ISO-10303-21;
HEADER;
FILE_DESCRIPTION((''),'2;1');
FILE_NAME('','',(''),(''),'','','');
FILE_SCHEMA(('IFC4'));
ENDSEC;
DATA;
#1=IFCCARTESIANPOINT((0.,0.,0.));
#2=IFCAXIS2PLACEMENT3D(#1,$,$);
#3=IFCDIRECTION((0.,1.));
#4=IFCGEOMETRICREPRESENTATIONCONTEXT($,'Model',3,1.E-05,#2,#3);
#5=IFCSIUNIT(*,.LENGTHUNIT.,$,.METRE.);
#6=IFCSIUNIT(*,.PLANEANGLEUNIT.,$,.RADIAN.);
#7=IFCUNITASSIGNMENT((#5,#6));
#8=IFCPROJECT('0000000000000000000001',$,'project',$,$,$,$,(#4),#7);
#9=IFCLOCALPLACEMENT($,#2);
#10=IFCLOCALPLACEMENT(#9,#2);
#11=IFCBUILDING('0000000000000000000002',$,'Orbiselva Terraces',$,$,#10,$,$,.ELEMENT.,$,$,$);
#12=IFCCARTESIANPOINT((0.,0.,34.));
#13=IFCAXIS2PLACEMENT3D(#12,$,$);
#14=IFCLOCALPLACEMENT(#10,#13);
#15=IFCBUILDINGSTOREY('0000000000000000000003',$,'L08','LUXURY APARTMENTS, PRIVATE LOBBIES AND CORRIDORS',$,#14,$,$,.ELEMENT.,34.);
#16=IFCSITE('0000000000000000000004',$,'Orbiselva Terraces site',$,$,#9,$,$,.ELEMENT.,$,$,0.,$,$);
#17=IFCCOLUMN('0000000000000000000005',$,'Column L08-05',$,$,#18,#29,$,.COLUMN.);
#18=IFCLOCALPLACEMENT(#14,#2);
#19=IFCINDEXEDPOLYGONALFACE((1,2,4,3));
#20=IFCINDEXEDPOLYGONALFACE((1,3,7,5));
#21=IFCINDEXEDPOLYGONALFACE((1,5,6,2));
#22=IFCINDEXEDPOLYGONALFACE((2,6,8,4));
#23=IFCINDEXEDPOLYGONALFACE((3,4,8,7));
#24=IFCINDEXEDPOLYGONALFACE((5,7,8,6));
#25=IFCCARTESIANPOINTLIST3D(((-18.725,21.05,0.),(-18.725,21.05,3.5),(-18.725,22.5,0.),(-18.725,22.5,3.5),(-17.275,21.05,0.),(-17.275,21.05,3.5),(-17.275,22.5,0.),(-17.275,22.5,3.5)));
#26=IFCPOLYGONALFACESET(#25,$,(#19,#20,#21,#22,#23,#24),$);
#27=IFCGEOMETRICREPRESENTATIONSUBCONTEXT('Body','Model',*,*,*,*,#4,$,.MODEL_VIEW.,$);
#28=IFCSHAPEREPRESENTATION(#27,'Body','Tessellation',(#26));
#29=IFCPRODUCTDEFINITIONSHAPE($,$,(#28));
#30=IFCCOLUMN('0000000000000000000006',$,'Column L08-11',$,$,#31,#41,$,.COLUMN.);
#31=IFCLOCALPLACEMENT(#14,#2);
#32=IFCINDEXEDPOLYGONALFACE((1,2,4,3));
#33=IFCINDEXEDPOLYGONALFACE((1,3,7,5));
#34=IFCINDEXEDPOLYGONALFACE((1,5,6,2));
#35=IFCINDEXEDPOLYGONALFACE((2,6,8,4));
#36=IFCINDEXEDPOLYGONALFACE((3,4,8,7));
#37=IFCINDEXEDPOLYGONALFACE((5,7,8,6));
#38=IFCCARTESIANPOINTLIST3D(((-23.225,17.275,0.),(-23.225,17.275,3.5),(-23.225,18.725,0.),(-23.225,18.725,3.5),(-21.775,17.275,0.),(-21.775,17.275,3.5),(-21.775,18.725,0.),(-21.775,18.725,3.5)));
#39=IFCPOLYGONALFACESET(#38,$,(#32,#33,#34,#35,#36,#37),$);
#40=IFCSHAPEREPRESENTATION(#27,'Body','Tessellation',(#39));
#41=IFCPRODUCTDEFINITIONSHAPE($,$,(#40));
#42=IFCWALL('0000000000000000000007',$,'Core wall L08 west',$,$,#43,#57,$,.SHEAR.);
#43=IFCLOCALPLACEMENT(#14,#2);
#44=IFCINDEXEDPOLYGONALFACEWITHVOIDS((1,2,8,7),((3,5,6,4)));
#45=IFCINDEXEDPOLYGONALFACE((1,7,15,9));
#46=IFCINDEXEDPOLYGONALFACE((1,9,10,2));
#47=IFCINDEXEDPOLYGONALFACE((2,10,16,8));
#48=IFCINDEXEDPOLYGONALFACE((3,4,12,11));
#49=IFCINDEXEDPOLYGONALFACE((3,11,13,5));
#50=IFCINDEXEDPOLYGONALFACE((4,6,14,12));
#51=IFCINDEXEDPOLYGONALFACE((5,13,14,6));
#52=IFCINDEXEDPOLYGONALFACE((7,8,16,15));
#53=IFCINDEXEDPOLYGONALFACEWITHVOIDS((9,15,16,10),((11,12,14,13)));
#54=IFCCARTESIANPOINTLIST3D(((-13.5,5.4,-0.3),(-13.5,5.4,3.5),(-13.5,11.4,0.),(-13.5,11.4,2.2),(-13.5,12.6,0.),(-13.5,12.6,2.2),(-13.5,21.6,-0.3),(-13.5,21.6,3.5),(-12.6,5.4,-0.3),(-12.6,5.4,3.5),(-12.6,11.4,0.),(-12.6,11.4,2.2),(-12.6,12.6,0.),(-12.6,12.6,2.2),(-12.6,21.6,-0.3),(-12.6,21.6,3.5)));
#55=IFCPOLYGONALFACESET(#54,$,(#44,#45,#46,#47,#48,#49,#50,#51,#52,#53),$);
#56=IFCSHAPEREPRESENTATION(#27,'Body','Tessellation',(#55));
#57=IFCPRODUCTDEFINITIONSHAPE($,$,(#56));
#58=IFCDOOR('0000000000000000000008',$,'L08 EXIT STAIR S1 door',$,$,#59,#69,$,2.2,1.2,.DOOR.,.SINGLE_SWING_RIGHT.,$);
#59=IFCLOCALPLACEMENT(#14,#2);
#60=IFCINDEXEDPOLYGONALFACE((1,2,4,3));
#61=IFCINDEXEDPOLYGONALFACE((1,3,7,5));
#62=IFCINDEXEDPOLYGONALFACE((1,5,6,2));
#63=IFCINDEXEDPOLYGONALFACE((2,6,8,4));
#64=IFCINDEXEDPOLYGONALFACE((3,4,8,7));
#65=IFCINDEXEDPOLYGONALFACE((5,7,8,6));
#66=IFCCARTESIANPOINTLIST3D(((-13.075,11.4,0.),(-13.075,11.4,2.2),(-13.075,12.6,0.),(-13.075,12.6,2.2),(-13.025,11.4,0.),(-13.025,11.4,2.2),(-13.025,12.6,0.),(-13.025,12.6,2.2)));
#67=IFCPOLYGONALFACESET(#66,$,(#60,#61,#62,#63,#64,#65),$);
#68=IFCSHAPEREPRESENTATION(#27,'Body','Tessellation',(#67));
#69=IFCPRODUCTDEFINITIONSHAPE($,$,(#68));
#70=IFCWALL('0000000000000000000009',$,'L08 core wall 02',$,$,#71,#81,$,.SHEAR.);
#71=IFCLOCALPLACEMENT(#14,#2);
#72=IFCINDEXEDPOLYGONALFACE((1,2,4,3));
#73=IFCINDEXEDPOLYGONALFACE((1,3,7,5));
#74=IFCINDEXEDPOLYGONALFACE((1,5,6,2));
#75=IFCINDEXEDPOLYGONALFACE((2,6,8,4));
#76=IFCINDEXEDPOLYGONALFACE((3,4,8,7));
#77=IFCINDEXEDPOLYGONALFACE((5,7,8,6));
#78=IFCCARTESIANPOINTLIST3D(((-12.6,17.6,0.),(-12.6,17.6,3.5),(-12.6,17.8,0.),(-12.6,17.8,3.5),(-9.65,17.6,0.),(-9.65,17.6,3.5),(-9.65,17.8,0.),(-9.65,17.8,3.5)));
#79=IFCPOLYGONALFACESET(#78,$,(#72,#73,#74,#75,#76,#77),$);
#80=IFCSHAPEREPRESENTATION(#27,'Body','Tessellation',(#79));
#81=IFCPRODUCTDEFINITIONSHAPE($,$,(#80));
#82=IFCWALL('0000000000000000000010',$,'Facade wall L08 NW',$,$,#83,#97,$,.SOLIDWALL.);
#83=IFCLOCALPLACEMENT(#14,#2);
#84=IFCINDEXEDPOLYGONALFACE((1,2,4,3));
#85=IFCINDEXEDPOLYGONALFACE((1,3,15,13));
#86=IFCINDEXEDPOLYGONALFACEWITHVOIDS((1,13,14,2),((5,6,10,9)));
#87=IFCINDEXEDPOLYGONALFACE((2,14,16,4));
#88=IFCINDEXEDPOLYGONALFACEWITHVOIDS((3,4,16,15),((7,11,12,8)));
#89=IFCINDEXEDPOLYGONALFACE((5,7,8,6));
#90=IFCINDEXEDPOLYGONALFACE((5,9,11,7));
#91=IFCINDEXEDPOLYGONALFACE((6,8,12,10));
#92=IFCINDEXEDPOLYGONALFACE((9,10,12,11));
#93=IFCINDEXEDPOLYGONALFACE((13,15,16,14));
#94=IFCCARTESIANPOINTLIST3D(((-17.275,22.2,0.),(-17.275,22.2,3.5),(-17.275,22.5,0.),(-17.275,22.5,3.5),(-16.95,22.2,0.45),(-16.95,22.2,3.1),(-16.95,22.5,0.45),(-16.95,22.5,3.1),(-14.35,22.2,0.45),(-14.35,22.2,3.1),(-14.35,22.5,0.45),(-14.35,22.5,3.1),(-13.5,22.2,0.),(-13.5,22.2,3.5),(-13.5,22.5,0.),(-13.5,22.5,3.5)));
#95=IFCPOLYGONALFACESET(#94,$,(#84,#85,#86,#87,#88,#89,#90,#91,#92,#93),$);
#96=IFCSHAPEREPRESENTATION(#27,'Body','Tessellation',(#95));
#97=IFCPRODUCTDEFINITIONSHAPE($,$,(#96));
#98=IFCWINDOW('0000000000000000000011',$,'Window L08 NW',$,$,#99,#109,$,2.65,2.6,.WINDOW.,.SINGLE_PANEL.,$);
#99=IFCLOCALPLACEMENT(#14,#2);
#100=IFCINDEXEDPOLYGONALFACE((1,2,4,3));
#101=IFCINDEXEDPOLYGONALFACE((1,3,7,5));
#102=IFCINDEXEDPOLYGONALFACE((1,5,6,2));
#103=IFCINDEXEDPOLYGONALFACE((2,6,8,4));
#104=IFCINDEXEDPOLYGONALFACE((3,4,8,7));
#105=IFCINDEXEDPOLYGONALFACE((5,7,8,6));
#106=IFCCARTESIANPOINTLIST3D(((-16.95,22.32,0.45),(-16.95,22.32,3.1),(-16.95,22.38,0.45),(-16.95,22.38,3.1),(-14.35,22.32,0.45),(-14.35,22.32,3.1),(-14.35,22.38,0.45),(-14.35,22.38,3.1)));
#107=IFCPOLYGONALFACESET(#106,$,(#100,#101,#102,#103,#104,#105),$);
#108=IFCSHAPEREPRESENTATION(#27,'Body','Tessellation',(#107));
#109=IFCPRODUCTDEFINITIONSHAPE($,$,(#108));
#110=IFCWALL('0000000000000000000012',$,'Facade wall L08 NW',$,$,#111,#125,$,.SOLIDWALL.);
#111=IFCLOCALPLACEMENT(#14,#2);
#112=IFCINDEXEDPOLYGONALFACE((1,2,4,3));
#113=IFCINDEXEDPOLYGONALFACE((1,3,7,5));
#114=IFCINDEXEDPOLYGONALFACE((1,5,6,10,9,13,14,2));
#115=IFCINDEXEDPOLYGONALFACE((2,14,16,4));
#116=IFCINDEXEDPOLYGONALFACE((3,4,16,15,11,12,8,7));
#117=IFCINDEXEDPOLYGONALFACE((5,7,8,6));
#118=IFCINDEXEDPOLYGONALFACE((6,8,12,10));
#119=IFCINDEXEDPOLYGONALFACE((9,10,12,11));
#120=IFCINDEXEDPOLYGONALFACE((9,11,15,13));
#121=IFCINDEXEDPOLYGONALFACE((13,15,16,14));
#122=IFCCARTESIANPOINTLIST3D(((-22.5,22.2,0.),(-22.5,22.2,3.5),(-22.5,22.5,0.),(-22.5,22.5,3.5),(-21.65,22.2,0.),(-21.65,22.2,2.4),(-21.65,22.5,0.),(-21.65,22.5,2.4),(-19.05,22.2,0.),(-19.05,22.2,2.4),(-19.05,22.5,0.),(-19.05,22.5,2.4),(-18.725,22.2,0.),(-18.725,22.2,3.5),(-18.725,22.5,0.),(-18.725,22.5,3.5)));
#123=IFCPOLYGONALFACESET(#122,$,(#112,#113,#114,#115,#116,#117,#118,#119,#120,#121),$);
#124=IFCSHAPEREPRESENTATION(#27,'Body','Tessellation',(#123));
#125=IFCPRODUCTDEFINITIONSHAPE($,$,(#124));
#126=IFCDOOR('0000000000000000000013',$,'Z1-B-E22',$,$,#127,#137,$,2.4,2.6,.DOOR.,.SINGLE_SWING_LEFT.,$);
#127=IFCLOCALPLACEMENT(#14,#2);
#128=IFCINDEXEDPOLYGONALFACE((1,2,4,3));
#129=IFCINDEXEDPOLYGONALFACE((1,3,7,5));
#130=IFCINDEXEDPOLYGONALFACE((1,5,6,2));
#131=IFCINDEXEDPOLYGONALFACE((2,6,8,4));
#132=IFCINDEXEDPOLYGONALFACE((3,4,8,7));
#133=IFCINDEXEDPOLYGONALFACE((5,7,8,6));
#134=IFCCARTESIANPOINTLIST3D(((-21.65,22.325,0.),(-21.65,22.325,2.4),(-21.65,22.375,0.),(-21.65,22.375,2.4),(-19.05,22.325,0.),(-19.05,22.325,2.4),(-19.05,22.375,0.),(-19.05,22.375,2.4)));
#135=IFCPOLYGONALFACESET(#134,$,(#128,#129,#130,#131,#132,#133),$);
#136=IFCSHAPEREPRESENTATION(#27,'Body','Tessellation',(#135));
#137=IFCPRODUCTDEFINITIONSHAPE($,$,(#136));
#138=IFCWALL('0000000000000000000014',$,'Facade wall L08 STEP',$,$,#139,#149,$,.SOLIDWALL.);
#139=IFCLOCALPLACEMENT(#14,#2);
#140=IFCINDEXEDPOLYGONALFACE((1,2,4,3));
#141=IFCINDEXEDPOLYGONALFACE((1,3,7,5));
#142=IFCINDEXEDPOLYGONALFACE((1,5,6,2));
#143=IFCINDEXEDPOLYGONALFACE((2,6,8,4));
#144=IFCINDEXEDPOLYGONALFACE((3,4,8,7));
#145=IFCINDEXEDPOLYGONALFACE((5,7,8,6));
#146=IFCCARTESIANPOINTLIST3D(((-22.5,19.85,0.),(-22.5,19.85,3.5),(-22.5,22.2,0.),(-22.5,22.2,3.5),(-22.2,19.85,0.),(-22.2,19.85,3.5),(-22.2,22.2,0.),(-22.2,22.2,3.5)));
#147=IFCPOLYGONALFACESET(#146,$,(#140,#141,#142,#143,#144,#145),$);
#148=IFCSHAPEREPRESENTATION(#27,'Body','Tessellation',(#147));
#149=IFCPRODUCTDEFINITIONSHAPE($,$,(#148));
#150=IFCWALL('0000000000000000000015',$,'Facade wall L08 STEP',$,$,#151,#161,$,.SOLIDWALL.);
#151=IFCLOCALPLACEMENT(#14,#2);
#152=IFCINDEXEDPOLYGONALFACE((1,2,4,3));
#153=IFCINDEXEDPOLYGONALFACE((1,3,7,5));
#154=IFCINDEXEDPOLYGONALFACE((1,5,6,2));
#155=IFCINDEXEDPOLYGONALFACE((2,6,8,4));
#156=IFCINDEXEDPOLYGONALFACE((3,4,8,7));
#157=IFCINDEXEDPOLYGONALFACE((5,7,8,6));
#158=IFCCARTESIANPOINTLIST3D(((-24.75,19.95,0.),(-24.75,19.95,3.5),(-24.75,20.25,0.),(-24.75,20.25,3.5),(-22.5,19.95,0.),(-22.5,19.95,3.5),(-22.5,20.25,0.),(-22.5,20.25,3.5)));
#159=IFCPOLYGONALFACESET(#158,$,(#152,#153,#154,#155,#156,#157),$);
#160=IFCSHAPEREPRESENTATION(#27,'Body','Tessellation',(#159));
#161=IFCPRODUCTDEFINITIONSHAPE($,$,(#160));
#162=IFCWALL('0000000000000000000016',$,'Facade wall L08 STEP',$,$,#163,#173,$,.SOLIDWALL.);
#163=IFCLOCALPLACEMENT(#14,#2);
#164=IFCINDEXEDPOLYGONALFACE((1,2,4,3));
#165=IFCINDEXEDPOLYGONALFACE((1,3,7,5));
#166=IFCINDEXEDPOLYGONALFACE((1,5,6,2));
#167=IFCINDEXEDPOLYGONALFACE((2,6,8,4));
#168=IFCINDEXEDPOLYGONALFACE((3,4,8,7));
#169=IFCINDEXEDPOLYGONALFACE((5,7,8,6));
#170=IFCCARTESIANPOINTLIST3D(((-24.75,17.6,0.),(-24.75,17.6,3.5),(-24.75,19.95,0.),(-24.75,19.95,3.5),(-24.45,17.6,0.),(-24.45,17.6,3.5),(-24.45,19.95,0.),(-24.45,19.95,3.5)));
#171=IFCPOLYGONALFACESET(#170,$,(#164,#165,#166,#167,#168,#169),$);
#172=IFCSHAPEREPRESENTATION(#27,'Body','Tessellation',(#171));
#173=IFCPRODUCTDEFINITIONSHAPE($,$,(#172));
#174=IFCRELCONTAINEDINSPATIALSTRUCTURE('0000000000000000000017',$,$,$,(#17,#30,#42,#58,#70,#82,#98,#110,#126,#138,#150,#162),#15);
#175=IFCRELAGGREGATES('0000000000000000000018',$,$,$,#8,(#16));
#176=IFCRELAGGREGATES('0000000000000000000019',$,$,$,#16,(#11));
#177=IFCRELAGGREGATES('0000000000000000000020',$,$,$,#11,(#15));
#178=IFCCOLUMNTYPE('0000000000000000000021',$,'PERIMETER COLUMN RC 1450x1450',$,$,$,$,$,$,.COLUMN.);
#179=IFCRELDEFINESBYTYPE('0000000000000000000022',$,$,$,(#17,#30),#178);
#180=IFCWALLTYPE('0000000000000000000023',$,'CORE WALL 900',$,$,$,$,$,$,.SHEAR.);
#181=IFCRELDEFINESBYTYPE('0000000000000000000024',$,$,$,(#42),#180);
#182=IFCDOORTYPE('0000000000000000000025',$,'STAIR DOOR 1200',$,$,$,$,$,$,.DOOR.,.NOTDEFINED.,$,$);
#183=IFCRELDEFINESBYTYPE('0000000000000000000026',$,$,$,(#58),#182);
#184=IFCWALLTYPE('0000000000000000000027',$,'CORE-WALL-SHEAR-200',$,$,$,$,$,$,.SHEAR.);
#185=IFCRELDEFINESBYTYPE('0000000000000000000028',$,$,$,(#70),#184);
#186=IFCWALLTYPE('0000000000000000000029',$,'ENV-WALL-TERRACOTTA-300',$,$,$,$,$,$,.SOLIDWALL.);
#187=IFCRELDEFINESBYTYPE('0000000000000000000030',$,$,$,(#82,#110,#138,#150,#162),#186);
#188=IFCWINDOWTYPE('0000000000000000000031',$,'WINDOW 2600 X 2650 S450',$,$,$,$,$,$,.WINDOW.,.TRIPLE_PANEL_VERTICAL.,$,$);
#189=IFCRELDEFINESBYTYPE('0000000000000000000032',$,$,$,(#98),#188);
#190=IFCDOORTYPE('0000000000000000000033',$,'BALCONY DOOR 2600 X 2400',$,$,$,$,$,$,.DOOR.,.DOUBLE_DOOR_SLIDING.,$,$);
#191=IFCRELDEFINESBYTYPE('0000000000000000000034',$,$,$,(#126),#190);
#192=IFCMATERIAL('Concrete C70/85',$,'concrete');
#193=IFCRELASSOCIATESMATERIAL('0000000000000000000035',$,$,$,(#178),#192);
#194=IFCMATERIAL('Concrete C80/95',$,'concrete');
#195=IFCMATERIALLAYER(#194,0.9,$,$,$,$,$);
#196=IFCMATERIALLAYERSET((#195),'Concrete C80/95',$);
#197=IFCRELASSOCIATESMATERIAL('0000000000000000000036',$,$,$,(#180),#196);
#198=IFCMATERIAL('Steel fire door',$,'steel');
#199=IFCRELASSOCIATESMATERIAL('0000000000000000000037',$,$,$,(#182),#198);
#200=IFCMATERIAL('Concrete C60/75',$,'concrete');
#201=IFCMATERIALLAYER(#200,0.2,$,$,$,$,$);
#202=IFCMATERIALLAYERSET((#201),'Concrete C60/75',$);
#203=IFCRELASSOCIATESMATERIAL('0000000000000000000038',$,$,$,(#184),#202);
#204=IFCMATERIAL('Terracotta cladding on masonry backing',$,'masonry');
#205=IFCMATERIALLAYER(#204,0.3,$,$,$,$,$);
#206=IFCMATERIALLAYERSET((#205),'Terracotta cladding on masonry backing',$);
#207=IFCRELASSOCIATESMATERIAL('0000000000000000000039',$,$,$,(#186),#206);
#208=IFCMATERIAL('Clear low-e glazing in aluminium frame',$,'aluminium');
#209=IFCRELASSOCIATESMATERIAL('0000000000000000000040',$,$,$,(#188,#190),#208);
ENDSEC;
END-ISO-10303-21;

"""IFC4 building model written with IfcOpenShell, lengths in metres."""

from ifc_helpers import new_model, si_unit, direction, frame, frame_2d, origin, origin_2d, place, context, subcontext, project, spatial, rectangle, extrude, material, layer, layer_set, material_profile, profile_set, type_object, element, fill, save


model = new_model("IFC4")

# Units and contexts
model_context = context("Model", 3, precision=1e-05, world=origin(), true_north=direction((0.0, 1.0)))
body_context = subcontext(model_context, "Body", "Model", "MODEL_VIEW")
ifc_project = project(units=[si_unit("LENGTHUNIT", "METRE"), si_unit("PLANEANGLEUNIT", "RADIAN")], contexts=[model_context])

# Site, building, storey
site_placement = place(None, origin())
site = spatial("IfcSite", under=ifc_project, at=site_placement, Name="Orbiselva Terraces site", CompositionType="ELEMENT", RefElevation=0.0)
building_placement = place(site_placement, origin())
building = spatial("IfcBuilding", under=site, at=building_placement, Name="Orbiselva Terraces", CompositionType="ELEMENT")
storey_placement = place(building_placement, frame((0.0, 0.0, 34.0)))
storey = spatial("IfcBuildingStorey", under=building, at=storey_placement, Name="L08", Description="LUXURY APARTMENTS, PRIVATE LOBBIES AND CORRIDORS", CompositionType="ELEMENT", Elevation=34.0)

# Columns
ifc_material_1 = material(Name="Concrete C70/85", Category="concrete")
ifc_material_profile = material_profile(ifc_material_1, rectangle(XDim=1.45, YDim=1.45, at=origin_2d()), Name="RC 1450x1450")
ifc_profile_set = profile_set([ifc_material_profile], Name="Concrete C70/85")
column_type = type_object("IfcColumnType", Name="PERIMETER COLUMN RC 1450x1450", PredefinedType="COLUMN", material=ifc_profile_set)
for number, where, z_axis, x_axis, name in (
    (1, (-18.0, 21.775, 0.0), (0.0, 0.0, 1.0), (1.0, 0.0, 0.0), "Column L08-05"),
    (2, (-22.5, 18.0, 0.0), (0.0, 0.0, 1.0), (1.0, 0.0, 0.0), "Column L08-11"),
):
    element("IfcColumn", number, at=place(storey_placement, frame(where, z_axis=z_axis, x_axis=x_axis)), inside=storey, type_object=column_type, Name=name, PredefinedType="COLUMN", context=body_context, shape_type="SweptSolid", body=[
        extrude(rectangle(XDim=1.45, YDim=1.45, at=origin_2d()), origin(), (0.0, 0.0, 1.0), 3.5),
    ])

# Wall, opening, door
ifc_material_2 = material(Name="Concrete C80/95", Category="concrete")
ifc_layer_1 = layer(ifc_material_2, 0.9)
ifc_layer_set_1 = layer_set([ifc_layer_1], Name="Concrete C80/95")
wall_type_1 = type_object("IfcWallType", Name="CORE WALL 900", PredefinedType="SHEAR", material=ifc_layer_set_1)
wall_1_placement = place(storey_placement, frame((-13.05, 21.6, -0.3), z_axis=(0.0, 0.0, 1.0), x_axis=(0.0, -1.0, 0.0)))
wall_1 = element("IfcWall", 3, at=wall_1_placement, inside=storey, type_object=wall_type_1, Name="Core wall L08 west", PredefinedType="SHEAR", context=body_context, shape_type="SweptSolid", body=[
    extrude(rectangle(XDim=16.2, YDim=0.9, at=frame_2d((8.1, 0.0))), origin(), (0.0, 0.0, 1.0), 3.8),
])
opening_1_placement = place(wall_1_placement, frame((9.0, 0.0, 0.3)))
opening_1 = element("IfcOpeningElement", 4, at=opening_1_placement, cuts=wall_1, PredefinedType="OPENING", context=body_context, shape_type="SweptSolid", body=[
    extrude(rectangle(XDim=1.2, YDim=2.2, at=frame_2d((0.6, 1.1))), frame((0.0, 0.46, 0.0), z_axis=(0.0, -1.0, 0.0), x_axis=(1.0, 0.0, 0.0)), (0.0, 0.0, 1.0), 0.92),
])
ifc_material_3 = material(Name="Steel fire door", Category="steel")
door_type_1 = type_object("IfcDoorType", Name="STAIR DOOR 1200", OperationType="NOTDEFINED", PredefinedType="DOOR", material=ifc_material_3)
door_1_placement = place(opening_1_placement, frame((1.2, 0.0, 0.0), z_axis=(0.0, 0.0, 1.0), x_axis=(-1.0, 0.0, 0.0)))
door_1 = element("IfcDoor", 5, at=door_1_placement, inside=storey, type_object=door_type_1, Name="L08 EXIT STAIR S1 door", OperationType="SINGLE_SWING_RIGHT", OverallHeight=2.2, OverallWidth=1.2, PredefinedType="DOOR", context=body_context, shape_type="SweptSolid", body=[
    extrude(rectangle(XDim=1.2, YDim=2.2, at=frame_2d((0.6, 1.1))), frame((0.0, 0.025, 0.0), z_axis=(0.0, -1.0, 0.0), x_axis=(1.0, 0.0, 0.0)), (0.0, 0.0, 1.0), 0.05),
])
fill(opening_1, door_1)

# Wall
ifc_material_4 = material(Name="Concrete C60/75", Category="concrete")
ifc_layer_2 = layer(ifc_material_4, 0.2)
ifc_layer_set_2 = layer_set([ifc_layer_2], Name="Concrete C60/75")
wall_type_2 = type_object("IfcWallType", Name="CORE-WALL-SHEAR-200", PredefinedType="SHEAR", material=ifc_layer_set_2)
wall_2_placement = place(storey_placement, frame((-12.6, 17.7, 0.0), z_axis=(0.0, 0.0, 1.0), x_axis=(1.0, 0.0, 0.0)))
element("IfcWall", 6, at=wall_2_placement, inside=storey, type_object=wall_type_2, Name="L08 core wall 02", PredefinedType="SHEAR", context=body_context, shape_type="SweptSolid", body=[
    extrude(rectangle(XDim=2.95, YDim=0.2, at=frame_2d((1.475, 0.0))), origin(), (0.0, 0.0, 1.0), 3.5),
])

# Wall, opening, window
ifc_material_5 = material(Name="Terracotta cladding on masonry backing", Category="masonry")
ifc_layer_3 = layer(ifc_material_5, 0.3)
ifc_layer_set_3 = layer_set([ifc_layer_3], Name="Terracotta cladding on masonry backing")
wall_type_3 = type_object("IfcWallType", Name="ENV-WALL-TERRACOTTA-300", PredefinedType="SOLIDWALL", material=ifc_layer_set_3)
wall_3_placement = place(storey_placement, frame((-17.275, 22.35, 0.0), z_axis=(0.0, 0.0, 1.0), x_axis=(1.0, 0.0, 0.0)))
wall_3 = element("IfcWall", 7, at=wall_3_placement, inside=storey, type_object=wall_type_3, Name="Facade wall L08 NW", PredefinedType="SOLIDWALL", context=body_context, shape_type="SweptSolid", body=[
    extrude(rectangle(XDim=3.775, YDim=0.3, at=frame_2d((1.8875, 0.0))), origin(), (0.0, 0.0, 1.0), 3.5),
])
opening_2_placement = place(wall_3_placement, frame((0.325, 0.0, 0.45)))
opening_2 = element("IfcOpeningElement", 8, at=opening_2_placement, cuts=wall_3, PredefinedType="OPENING", context=body_context, shape_type="SweptSolid", body=[
    extrude(rectangle(XDim=2.6, YDim=2.65, at=frame_2d((1.3, 1.325))), frame((0.0, 0.16, 0.0), z_axis=(0.0, -1.0, 0.0), x_axis=(1.0, 0.0, 0.0)), (0.0, 0.0, 1.0), 0.32),
])
ifc_material_6 = material(Name="Clear low-e glazing in aluminium frame", Category="aluminium")
window_type = type_object("IfcWindowType", Name="WINDOW 2600 X 2650 S450", PartitioningType="TRIPLE_PANEL_VERTICAL", PredefinedType="WINDOW", material=ifc_material_6)
window_placement = place(opening_2_placement, origin())
window = element("IfcWindow", 9, at=window_placement, inside=storey, type_object=window_type, Name="Window L08 NW", OverallHeight=2.65, OverallWidth=2.6, PartitioningType="SINGLE_PANEL", PredefinedType="WINDOW", context=body_context, shape_type="SweptSolid", body=[
    extrude(rectangle(XDim=2.6, YDim=2.65, at=frame_2d((1.3, 1.325))), frame((0.0, 0.03, 0.0), z_axis=(0.0, -1.0, 0.0), x_axis=(1.0, 0.0, 0.0)), (0.0, 0.0, 1.0), 0.06),
])
fill(opening_2, window)

# Wall, opening, door
wall_4_placement = place(storey_placement, frame((-22.5, 22.35, 0.0), z_axis=(0.0, 0.0, 1.0), x_axis=(1.0, 0.0, 0.0)))
wall_4 = element("IfcWall", 10, at=wall_4_placement, inside=storey, type_object=wall_type_3, Name="Facade wall L08 NW", PredefinedType="SOLIDWALL", context=body_context, shape_type="SweptSolid", body=[
    extrude(rectangle(XDim=3.775, YDim=0.3, at=frame_2d((1.8875, 0.0))), origin(), (0.0, 0.0, 1.0), 3.5),
])
opening_3_placement = place(wall_4_placement, frame((0.85, 0.0, 0.0)))
opening_3 = element("IfcOpeningElement", 11, at=opening_3_placement, cuts=wall_4, PredefinedType="OPENING", context=body_context, shape_type="SweptSolid", body=[
    extrude(rectangle(XDim=2.6, YDim=2.4, at=frame_2d((1.3, 1.2))), frame((0.0, 0.16, 0.0), z_axis=(0.0, -1.0, 0.0), x_axis=(1.0, 0.0, 0.0)), (0.0, 0.0, 1.0), 0.32),
])
door_type_2 = type_object("IfcDoorType", Name="BALCONY DOOR 2600 X 2400", OperationType="DOUBLE_DOOR_SLIDING", PredefinedType="DOOR", material=ifc_material_6)
door_2_placement = place(opening_3_placement, origin())
door_2 = element("IfcDoor", 12, at=door_2_placement, inside=storey, type_object=door_type_2, Name="Z1-B-E22", OperationType="SINGLE_SWING_LEFT", OverallHeight=2.4, OverallWidth=2.6, PredefinedType="DOOR", context=body_context, shape_type="SweptSolid", body=[
    extrude(rectangle(XDim=2.6, YDim=2.4, at=frame_2d((1.3, 1.2))), frame((0.0, 0.025, 0.0), z_axis=(0.0, -1.0, 0.0), x_axis=(1.0, 0.0, 0.0)), (0.0, 0.0, 1.0), 0.05),
])
fill(opening_3, door_2)

# Walls
wall_5_placement = place(storey_placement, frame((-22.35, 19.85, 0.0), z_axis=(0.0, 0.0, 1.0), x_axis=(0.0, 1.0, 0.0)))
element("IfcWall", 13, at=wall_5_placement, inside=storey, type_object=wall_type_3, Name="Facade wall L08 STEP", PredefinedType="SOLIDWALL", context=body_context, shape_type="SweptSolid", body=[
    extrude(rectangle(XDim=2.35, YDim=0.3, at=frame_2d((1.175, 0.0))), origin(), (0.0, 0.0, 1.0), 3.5),
])
wall_6_placement = place(storey_placement, frame((-24.75, 20.1, 0.0), z_axis=(0.0, 0.0, 1.0), x_axis=(1.0, 0.0, 0.0)))
element("IfcWall", 14, at=wall_6_placement, inside=storey, type_object=wall_type_3, Name="Facade wall L08 STEP", PredefinedType="SOLIDWALL", context=body_context, shape_type="SweptSolid", body=[
    extrude(rectangle(XDim=2.25, YDim=0.3, at=frame_2d((1.125, 0.0))), origin(), (0.0, 0.0, 1.0), 3.5),
])
wall_7_placement = place(storey_placement, frame((-24.6, 17.6, 0.0), z_axis=(0.0, 0.0, 1.0), x_axis=(0.0, 1.0, 0.0)))
element("IfcWall", 15, at=wall_7_placement, inside=storey, type_object=wall_type_3, Name="Facade wall L08 STEP", PredefinedType="SOLIDWALL", context=body_context, shape_type="SweptSolid", body=[
    extrude(rectangle(XDim=2.35, YDim=0.3, at=frame_2d((1.175, 0.0))), origin(), (0.0, 0.0, 1.0), 3.5),
])

save(model, "model.ifc")
